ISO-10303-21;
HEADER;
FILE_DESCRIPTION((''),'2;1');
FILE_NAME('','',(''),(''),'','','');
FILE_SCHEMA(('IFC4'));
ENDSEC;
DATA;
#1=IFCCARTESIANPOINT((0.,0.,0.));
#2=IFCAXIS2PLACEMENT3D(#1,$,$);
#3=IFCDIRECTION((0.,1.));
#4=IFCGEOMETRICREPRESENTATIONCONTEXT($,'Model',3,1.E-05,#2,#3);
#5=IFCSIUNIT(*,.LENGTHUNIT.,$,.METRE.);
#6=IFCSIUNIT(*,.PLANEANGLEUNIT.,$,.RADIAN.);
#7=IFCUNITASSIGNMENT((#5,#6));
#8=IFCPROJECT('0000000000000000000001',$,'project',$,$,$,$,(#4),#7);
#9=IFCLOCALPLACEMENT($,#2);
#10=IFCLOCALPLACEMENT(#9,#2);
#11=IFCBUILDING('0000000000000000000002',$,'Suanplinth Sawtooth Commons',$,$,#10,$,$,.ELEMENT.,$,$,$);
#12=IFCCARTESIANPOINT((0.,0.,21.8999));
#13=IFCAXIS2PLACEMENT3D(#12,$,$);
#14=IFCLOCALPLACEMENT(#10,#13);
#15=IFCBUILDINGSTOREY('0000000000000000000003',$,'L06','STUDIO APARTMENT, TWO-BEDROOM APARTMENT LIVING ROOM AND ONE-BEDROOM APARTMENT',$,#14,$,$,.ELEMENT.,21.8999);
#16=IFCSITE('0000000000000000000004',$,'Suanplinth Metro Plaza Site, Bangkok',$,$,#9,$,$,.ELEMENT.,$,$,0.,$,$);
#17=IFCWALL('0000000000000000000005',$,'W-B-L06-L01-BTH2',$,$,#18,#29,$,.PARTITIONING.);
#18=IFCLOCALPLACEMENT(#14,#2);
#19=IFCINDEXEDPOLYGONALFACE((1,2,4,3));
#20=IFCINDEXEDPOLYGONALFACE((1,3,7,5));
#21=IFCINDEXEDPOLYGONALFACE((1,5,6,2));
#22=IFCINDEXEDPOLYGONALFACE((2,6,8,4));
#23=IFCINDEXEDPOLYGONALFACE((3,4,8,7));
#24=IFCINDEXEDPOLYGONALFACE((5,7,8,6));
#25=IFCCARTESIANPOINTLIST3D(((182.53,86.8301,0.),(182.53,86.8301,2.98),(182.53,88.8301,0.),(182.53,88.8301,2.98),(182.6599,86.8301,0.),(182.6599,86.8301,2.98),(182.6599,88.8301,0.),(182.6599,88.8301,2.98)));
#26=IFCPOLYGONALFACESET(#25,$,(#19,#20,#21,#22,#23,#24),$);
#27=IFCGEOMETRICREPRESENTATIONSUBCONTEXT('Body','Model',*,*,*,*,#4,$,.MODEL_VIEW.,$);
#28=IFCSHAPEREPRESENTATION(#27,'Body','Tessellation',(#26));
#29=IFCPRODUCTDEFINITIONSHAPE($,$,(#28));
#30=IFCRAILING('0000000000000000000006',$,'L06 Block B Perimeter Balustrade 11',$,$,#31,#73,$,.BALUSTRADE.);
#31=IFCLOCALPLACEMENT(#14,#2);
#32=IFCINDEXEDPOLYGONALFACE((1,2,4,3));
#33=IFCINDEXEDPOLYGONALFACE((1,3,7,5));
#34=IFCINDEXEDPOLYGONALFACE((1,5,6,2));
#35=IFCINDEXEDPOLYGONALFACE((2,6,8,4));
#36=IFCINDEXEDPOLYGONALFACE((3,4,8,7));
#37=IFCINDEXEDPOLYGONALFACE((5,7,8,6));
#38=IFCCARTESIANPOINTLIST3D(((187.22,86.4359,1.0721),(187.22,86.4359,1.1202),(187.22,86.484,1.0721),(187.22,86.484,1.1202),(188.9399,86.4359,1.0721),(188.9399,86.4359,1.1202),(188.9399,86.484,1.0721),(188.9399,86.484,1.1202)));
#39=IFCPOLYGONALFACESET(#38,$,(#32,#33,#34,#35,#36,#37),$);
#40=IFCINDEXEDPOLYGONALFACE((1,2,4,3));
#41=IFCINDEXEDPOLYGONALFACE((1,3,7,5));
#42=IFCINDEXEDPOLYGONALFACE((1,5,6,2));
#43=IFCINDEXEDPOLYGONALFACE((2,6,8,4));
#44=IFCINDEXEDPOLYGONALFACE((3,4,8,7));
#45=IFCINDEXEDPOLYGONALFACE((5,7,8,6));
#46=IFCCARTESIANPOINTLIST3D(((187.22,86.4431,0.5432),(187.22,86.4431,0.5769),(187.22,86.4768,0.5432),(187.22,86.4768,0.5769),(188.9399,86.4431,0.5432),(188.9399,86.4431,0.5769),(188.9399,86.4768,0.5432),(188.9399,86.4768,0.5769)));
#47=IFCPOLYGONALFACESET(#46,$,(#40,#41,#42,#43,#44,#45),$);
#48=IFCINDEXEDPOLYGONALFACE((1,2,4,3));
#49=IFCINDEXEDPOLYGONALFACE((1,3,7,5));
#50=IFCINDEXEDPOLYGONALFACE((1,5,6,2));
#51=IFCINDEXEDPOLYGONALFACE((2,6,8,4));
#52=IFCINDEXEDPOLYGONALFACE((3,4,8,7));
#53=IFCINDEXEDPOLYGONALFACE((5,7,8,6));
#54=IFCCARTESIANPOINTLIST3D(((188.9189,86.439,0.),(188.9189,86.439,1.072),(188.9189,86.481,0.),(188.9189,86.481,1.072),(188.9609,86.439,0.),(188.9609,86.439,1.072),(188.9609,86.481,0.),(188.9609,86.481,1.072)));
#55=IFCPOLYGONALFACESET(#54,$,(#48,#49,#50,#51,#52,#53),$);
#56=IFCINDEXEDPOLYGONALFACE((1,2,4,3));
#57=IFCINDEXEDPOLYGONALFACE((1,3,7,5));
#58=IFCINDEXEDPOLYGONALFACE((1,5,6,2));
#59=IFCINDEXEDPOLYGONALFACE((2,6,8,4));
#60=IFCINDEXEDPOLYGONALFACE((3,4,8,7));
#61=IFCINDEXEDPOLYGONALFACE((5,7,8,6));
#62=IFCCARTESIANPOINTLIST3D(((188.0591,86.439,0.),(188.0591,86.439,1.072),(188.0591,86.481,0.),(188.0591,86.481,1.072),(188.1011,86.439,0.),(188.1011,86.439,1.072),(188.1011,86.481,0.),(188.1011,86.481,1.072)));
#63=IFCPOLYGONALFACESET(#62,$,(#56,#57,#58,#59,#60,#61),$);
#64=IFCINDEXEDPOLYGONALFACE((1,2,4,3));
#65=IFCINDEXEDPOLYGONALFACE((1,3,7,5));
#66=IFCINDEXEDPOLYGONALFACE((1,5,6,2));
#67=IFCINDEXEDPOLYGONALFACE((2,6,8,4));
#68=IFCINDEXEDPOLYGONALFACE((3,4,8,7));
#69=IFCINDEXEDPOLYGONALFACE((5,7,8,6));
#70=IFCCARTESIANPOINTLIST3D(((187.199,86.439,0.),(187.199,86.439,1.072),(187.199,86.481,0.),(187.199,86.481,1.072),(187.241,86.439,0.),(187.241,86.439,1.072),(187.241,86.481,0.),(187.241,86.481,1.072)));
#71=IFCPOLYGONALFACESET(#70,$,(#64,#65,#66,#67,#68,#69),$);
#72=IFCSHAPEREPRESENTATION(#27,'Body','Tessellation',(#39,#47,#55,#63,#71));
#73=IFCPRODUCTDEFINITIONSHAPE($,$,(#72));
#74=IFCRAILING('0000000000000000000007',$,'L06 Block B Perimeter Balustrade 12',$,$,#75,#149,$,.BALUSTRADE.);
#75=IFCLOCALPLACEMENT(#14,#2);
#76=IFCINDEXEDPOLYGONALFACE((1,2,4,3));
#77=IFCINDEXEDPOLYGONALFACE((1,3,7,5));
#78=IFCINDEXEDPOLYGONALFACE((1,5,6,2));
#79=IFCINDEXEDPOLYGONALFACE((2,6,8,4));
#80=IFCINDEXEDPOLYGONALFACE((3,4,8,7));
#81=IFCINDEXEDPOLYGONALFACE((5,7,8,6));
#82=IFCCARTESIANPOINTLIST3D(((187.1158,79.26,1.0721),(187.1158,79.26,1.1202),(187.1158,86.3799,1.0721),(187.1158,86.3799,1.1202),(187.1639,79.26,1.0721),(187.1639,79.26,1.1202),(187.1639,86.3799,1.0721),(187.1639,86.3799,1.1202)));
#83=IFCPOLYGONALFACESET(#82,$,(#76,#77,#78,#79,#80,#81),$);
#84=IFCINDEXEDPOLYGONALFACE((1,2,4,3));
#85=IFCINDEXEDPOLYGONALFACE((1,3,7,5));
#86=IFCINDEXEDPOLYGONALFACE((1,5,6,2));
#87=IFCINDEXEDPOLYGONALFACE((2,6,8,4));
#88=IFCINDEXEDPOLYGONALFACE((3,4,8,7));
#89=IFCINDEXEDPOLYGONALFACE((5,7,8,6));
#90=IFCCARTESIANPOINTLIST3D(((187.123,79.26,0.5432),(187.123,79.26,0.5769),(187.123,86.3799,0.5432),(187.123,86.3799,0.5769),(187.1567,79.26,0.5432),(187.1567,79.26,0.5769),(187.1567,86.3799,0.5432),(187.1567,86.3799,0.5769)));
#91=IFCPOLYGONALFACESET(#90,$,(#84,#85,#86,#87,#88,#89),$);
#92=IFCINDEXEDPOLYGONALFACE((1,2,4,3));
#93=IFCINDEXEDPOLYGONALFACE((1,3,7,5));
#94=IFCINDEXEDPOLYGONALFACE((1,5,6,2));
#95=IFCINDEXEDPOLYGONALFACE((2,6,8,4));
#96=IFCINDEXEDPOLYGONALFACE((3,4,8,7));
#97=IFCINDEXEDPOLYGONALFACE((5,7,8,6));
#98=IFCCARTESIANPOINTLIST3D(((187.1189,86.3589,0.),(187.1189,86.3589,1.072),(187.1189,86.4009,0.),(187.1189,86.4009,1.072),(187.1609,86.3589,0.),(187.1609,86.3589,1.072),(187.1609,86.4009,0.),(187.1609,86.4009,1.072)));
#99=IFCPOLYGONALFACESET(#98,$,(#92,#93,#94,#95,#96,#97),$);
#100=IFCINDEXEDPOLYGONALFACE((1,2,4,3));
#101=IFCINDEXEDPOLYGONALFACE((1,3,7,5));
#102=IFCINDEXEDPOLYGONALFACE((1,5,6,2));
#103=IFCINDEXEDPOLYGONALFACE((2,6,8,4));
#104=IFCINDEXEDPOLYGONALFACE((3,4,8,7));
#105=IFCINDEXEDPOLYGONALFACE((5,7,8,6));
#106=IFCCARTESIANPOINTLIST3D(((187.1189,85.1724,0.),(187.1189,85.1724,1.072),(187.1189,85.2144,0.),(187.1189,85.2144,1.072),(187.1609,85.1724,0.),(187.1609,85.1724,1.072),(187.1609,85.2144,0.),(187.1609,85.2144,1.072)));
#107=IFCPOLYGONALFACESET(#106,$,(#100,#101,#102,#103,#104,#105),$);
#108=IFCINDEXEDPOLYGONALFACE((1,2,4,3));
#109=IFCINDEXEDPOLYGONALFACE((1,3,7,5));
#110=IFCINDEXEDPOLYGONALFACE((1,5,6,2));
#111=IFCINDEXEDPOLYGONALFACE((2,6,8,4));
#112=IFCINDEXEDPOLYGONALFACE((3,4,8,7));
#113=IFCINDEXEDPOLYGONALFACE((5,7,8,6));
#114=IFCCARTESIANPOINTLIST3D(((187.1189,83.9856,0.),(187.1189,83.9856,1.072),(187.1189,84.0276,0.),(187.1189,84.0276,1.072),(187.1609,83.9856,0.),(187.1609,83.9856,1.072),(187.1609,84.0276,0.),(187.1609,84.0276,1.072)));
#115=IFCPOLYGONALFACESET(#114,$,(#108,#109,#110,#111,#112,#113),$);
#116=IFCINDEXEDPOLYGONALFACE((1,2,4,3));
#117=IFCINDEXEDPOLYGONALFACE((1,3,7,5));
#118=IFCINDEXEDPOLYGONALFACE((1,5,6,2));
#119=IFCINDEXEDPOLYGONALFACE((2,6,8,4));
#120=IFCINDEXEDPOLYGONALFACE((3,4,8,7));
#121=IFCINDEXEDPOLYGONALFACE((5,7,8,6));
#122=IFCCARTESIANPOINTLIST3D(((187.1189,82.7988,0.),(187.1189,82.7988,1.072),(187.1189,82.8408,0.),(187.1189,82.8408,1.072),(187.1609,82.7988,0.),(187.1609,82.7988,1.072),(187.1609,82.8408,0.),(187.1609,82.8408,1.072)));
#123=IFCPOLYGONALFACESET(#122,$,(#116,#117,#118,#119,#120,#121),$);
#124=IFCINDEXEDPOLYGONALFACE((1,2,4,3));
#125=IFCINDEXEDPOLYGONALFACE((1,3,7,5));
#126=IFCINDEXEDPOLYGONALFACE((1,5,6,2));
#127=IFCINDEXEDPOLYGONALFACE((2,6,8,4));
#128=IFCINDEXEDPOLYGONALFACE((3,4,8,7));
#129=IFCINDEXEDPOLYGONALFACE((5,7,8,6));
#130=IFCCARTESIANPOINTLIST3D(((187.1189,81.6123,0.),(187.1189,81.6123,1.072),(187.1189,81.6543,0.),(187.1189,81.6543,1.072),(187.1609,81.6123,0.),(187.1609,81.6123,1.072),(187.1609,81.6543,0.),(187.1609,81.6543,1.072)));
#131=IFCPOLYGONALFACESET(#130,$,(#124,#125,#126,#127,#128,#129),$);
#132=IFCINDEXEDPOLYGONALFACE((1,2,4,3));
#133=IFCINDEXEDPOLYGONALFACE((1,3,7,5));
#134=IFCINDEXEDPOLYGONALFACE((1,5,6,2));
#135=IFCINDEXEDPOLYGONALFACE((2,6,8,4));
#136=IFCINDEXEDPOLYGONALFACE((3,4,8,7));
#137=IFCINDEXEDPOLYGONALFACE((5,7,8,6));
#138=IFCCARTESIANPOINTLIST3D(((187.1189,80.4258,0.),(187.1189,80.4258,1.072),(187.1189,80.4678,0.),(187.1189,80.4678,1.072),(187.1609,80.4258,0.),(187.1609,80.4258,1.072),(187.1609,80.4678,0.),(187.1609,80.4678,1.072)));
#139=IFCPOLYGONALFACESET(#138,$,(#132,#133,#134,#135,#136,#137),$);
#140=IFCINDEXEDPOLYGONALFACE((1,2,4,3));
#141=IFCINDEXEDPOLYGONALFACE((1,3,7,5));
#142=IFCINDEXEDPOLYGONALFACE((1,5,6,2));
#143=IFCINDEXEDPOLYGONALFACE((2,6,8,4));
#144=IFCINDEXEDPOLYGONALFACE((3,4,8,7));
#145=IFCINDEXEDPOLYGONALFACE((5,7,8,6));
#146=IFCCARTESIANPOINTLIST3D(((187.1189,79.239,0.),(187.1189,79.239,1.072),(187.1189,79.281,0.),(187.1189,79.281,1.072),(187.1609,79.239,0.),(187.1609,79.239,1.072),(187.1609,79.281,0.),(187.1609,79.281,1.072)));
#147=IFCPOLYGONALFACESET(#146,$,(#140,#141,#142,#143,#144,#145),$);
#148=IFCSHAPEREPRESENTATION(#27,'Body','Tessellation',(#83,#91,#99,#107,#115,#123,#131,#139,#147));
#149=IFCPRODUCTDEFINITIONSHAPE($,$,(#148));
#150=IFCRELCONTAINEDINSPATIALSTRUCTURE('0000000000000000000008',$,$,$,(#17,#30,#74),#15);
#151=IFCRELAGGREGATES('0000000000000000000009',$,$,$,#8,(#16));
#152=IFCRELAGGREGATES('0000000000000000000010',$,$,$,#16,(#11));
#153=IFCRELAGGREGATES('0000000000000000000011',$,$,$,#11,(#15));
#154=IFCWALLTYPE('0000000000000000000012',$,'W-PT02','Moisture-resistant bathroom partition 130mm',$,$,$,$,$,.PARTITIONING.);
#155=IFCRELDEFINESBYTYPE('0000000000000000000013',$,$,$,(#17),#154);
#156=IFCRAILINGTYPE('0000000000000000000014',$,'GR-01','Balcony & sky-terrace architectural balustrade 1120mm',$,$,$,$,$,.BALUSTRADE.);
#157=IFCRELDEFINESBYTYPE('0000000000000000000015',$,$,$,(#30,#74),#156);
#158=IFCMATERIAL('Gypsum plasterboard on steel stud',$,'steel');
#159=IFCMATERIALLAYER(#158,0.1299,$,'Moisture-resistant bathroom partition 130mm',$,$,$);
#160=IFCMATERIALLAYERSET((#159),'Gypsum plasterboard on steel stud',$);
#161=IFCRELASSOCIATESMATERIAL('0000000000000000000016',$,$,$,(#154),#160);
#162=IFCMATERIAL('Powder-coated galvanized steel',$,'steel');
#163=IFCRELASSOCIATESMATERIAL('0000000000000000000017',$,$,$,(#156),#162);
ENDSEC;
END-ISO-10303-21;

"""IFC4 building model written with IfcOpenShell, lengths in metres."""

from ifc_helpers import new_model, si_unit, direction, frame, frame_2d, origin, origin_2d, place, context, subcontext, project, spatial, rectangle, extrude, material, layer, layer_set, type_object, element, save


model = new_model("IFC4")

# Units and contexts
model_context = context("Model", 3, precision=1e-05, world=origin(), true_north=direction((0.0, 1.0)))
body_context = subcontext(model_context, "Body", "Model", "MODEL_VIEW")
ifc_project = project(units=[si_unit("LENGTHUNIT", "METRE"), si_unit("PLANEANGLEUNIT", "RADIAN")], contexts=[model_context])

# Site, building, storey
site_placement = place(None, origin())
site = spatial("IfcSite", under=ifc_project, at=site_placement, Name="Suanplinth Metro Plaza Site, Bangkok", CompositionType="ELEMENT", RefElevation=0.0)
building_placement = place(site_placement, origin())
building = spatial("IfcBuilding", under=site, at=building_placement, Name="Suanplinth Sawtooth Commons", CompositionType="ELEMENT")
storey_placement = place(building_placement, frame((0.0, 0.0, 21.8999)))
storey = spatial("IfcBuildingStorey", under=building, at=storey_placement, Name="L06", Description="STUDIO APARTMENT, TWO-BEDROOM APARTMENT LIVING ROOM AND ONE-BEDROOM APARTMENT", CompositionType="ELEMENT", Elevation=21.8999)

# Shared definitions
ifc_material_1 = material(Name="Gypsum plasterboard on steel stud", Category="steel")
ifc_layer_1 = layer(ifc_material_1, 0.1299, Name="Moisture-resistant bathroom partition 130mm")
ifc_layer_set_1 = layer_set([ifc_layer_1], Name="Gypsum plasterboard on steel stud")
wall_type_1 = type_object("IfcWallType", Name="W-PT02", Description="Moisture-resistant bathroom partition 130mm", PredefinedType="PARTITIONING", material=ifc_layer_set_1)

# Wall
wall_1_placement = place(storey_placement, frame((182.595, 86.8301, 0.0), z_axis=(0.0, 0.0, 1.0), x_axis=(0.0, 1.0, 0.0)))
element("IfcWall", 1, at=wall_1_placement, inside=storey, type_object=wall_type_1, Name="W-B-L06-L01-BTH2", PredefinedType="PARTITIONING", context=body_context, shape_type="SweptSolid", body=[
    extrude(rectangle(XDim=2.0, YDim=0.1299, at=frame_2d((1.0, 0.0))), origin(), (0.0, 0.0, 1.0), 2.98),
])

# Railings
ifc_material_2 = material(Name="Powder-coated galvanized steel", Category="steel")
railing_type = type_object("IfcRailingType", Name="GR-01", Description="Balcony & sky-terrace architectural balustrade 1120mm", PredefinedType="BALUSTRADE", material=ifc_material_2)
railing_1_placement = place(storey_placement, frame((188.9399, 86.46, 0.0)))
element("IfcRailing", 2, at=railing_1_placement, inside=storey, type_object=railing_type, Name="L06 Block B Perimeter Balustrade 11", PredefinedType="BALUSTRADE", context=body_context, shape_type="SweptSolid", body=[
    extrude(rectangle(XDim=0.0481, YDim=0.0481, at=origin_2d()), frame((0.0, 0.0, 1.0962), z_axis=(-1.0, 0.0, 0.0), x_axis=(0.0, -1.0, 0.0)), (0.0, 0.0, 1.0), 1.72),
    extrude(rectangle(XDim=0.0337, YDim=0.0337, at=origin_2d()), frame((0.0, 0.0, 0.5601), z_axis=(-1.0, 0.0, 0.0), x_axis=(0.0, -1.0, 0.0)), (0.0, 0.0, 1.0), 1.72),
    extrude(rectangle(XDim=0.042, YDim=0.042, at=origin_2d()), origin(), (0.0, 0.0, 1.0), 1.072),
    extrude(rectangle(XDim=0.042, YDim=0.042, at=origin_2d()), frame((-0.8599, 0.0, 0.0)), (0.0, 0.0, 1.0), 1.072),
    extrude(rectangle(XDim=0.042, YDim=0.042, at=origin_2d()), frame((-1.72, 0.0, 0.0)), (0.0, 0.0, 1.0), 1.072),
])
railing_2_placement = place(storey_placement, frame((187.1399, 86.3799, 0.0)))
element("IfcRailing", 3, at=railing_2_placement, inside=storey, type_object=railing_type, Name="L06 Block B Perimeter Balustrade 12", PredefinedType="BALUSTRADE", context=body_context, shape_type="SweptSolid", body=[
    extrude(rectangle(XDim=0.0481, YDim=0.0481, at=origin_2d()), frame((0.0, 0.0, 1.0962), z_axis=(0.0, -1.0, 0.0), x_axis=(1.0, 0.0, 0.0)), (0.0, 0.0, 1.0), 7.1199),
    extrude(rectangle(XDim=0.0337, YDim=0.0337, at=origin_2d()), frame((0.0, 0.0, 0.5601), z_axis=(0.0, -1.0, 0.0), x_axis=(1.0, 0.0, 0.0)), (0.0, 0.0, 1.0), 7.1199),
    extrude(rectangle(XDim=0.042, YDim=0.042, at=origin_2d()), origin(), (0.0, 0.0, 1.0), 1.072),
    extrude(rectangle(XDim=0.042, YDim=0.042, at=origin_2d()), frame((0.0, -1.1865, 0.0)), (0.0, 0.0, 1.0), 1.072),
    extrude(rectangle(XDim=0.042, YDim=0.042, at=origin_2d()), frame((0.0, -2.3733, 0.0)), (0.0, 0.0, 1.0), 1.072),
    extrude(rectangle(XDim=0.042, YDim=0.042, at=origin_2d()), frame((0.0, -3.5601, 0.0)), (0.0, 0.0, 1.0), 1.072),
    extrude(rectangle(XDim=0.042, YDim=0.042, at=origin_2d()), frame((0.0, -4.7466, 0.0)), (0.0, 0.0, 1.0), 1.072),
    extrude(rectangle(XDim=0.042, YDim=0.042, at=origin_2d()), frame((0.0, -5.9331, 0.0)), (0.0, 0.0, 1.0), 1.072),
    extrude(rectangle(XDim=0.042, YDim=0.042, at=origin_2d()), frame((0.0, -7.1199, 0.0)), (0.0, 0.0, 1.0), 1.072),
])

save(model, "model.ifc")
